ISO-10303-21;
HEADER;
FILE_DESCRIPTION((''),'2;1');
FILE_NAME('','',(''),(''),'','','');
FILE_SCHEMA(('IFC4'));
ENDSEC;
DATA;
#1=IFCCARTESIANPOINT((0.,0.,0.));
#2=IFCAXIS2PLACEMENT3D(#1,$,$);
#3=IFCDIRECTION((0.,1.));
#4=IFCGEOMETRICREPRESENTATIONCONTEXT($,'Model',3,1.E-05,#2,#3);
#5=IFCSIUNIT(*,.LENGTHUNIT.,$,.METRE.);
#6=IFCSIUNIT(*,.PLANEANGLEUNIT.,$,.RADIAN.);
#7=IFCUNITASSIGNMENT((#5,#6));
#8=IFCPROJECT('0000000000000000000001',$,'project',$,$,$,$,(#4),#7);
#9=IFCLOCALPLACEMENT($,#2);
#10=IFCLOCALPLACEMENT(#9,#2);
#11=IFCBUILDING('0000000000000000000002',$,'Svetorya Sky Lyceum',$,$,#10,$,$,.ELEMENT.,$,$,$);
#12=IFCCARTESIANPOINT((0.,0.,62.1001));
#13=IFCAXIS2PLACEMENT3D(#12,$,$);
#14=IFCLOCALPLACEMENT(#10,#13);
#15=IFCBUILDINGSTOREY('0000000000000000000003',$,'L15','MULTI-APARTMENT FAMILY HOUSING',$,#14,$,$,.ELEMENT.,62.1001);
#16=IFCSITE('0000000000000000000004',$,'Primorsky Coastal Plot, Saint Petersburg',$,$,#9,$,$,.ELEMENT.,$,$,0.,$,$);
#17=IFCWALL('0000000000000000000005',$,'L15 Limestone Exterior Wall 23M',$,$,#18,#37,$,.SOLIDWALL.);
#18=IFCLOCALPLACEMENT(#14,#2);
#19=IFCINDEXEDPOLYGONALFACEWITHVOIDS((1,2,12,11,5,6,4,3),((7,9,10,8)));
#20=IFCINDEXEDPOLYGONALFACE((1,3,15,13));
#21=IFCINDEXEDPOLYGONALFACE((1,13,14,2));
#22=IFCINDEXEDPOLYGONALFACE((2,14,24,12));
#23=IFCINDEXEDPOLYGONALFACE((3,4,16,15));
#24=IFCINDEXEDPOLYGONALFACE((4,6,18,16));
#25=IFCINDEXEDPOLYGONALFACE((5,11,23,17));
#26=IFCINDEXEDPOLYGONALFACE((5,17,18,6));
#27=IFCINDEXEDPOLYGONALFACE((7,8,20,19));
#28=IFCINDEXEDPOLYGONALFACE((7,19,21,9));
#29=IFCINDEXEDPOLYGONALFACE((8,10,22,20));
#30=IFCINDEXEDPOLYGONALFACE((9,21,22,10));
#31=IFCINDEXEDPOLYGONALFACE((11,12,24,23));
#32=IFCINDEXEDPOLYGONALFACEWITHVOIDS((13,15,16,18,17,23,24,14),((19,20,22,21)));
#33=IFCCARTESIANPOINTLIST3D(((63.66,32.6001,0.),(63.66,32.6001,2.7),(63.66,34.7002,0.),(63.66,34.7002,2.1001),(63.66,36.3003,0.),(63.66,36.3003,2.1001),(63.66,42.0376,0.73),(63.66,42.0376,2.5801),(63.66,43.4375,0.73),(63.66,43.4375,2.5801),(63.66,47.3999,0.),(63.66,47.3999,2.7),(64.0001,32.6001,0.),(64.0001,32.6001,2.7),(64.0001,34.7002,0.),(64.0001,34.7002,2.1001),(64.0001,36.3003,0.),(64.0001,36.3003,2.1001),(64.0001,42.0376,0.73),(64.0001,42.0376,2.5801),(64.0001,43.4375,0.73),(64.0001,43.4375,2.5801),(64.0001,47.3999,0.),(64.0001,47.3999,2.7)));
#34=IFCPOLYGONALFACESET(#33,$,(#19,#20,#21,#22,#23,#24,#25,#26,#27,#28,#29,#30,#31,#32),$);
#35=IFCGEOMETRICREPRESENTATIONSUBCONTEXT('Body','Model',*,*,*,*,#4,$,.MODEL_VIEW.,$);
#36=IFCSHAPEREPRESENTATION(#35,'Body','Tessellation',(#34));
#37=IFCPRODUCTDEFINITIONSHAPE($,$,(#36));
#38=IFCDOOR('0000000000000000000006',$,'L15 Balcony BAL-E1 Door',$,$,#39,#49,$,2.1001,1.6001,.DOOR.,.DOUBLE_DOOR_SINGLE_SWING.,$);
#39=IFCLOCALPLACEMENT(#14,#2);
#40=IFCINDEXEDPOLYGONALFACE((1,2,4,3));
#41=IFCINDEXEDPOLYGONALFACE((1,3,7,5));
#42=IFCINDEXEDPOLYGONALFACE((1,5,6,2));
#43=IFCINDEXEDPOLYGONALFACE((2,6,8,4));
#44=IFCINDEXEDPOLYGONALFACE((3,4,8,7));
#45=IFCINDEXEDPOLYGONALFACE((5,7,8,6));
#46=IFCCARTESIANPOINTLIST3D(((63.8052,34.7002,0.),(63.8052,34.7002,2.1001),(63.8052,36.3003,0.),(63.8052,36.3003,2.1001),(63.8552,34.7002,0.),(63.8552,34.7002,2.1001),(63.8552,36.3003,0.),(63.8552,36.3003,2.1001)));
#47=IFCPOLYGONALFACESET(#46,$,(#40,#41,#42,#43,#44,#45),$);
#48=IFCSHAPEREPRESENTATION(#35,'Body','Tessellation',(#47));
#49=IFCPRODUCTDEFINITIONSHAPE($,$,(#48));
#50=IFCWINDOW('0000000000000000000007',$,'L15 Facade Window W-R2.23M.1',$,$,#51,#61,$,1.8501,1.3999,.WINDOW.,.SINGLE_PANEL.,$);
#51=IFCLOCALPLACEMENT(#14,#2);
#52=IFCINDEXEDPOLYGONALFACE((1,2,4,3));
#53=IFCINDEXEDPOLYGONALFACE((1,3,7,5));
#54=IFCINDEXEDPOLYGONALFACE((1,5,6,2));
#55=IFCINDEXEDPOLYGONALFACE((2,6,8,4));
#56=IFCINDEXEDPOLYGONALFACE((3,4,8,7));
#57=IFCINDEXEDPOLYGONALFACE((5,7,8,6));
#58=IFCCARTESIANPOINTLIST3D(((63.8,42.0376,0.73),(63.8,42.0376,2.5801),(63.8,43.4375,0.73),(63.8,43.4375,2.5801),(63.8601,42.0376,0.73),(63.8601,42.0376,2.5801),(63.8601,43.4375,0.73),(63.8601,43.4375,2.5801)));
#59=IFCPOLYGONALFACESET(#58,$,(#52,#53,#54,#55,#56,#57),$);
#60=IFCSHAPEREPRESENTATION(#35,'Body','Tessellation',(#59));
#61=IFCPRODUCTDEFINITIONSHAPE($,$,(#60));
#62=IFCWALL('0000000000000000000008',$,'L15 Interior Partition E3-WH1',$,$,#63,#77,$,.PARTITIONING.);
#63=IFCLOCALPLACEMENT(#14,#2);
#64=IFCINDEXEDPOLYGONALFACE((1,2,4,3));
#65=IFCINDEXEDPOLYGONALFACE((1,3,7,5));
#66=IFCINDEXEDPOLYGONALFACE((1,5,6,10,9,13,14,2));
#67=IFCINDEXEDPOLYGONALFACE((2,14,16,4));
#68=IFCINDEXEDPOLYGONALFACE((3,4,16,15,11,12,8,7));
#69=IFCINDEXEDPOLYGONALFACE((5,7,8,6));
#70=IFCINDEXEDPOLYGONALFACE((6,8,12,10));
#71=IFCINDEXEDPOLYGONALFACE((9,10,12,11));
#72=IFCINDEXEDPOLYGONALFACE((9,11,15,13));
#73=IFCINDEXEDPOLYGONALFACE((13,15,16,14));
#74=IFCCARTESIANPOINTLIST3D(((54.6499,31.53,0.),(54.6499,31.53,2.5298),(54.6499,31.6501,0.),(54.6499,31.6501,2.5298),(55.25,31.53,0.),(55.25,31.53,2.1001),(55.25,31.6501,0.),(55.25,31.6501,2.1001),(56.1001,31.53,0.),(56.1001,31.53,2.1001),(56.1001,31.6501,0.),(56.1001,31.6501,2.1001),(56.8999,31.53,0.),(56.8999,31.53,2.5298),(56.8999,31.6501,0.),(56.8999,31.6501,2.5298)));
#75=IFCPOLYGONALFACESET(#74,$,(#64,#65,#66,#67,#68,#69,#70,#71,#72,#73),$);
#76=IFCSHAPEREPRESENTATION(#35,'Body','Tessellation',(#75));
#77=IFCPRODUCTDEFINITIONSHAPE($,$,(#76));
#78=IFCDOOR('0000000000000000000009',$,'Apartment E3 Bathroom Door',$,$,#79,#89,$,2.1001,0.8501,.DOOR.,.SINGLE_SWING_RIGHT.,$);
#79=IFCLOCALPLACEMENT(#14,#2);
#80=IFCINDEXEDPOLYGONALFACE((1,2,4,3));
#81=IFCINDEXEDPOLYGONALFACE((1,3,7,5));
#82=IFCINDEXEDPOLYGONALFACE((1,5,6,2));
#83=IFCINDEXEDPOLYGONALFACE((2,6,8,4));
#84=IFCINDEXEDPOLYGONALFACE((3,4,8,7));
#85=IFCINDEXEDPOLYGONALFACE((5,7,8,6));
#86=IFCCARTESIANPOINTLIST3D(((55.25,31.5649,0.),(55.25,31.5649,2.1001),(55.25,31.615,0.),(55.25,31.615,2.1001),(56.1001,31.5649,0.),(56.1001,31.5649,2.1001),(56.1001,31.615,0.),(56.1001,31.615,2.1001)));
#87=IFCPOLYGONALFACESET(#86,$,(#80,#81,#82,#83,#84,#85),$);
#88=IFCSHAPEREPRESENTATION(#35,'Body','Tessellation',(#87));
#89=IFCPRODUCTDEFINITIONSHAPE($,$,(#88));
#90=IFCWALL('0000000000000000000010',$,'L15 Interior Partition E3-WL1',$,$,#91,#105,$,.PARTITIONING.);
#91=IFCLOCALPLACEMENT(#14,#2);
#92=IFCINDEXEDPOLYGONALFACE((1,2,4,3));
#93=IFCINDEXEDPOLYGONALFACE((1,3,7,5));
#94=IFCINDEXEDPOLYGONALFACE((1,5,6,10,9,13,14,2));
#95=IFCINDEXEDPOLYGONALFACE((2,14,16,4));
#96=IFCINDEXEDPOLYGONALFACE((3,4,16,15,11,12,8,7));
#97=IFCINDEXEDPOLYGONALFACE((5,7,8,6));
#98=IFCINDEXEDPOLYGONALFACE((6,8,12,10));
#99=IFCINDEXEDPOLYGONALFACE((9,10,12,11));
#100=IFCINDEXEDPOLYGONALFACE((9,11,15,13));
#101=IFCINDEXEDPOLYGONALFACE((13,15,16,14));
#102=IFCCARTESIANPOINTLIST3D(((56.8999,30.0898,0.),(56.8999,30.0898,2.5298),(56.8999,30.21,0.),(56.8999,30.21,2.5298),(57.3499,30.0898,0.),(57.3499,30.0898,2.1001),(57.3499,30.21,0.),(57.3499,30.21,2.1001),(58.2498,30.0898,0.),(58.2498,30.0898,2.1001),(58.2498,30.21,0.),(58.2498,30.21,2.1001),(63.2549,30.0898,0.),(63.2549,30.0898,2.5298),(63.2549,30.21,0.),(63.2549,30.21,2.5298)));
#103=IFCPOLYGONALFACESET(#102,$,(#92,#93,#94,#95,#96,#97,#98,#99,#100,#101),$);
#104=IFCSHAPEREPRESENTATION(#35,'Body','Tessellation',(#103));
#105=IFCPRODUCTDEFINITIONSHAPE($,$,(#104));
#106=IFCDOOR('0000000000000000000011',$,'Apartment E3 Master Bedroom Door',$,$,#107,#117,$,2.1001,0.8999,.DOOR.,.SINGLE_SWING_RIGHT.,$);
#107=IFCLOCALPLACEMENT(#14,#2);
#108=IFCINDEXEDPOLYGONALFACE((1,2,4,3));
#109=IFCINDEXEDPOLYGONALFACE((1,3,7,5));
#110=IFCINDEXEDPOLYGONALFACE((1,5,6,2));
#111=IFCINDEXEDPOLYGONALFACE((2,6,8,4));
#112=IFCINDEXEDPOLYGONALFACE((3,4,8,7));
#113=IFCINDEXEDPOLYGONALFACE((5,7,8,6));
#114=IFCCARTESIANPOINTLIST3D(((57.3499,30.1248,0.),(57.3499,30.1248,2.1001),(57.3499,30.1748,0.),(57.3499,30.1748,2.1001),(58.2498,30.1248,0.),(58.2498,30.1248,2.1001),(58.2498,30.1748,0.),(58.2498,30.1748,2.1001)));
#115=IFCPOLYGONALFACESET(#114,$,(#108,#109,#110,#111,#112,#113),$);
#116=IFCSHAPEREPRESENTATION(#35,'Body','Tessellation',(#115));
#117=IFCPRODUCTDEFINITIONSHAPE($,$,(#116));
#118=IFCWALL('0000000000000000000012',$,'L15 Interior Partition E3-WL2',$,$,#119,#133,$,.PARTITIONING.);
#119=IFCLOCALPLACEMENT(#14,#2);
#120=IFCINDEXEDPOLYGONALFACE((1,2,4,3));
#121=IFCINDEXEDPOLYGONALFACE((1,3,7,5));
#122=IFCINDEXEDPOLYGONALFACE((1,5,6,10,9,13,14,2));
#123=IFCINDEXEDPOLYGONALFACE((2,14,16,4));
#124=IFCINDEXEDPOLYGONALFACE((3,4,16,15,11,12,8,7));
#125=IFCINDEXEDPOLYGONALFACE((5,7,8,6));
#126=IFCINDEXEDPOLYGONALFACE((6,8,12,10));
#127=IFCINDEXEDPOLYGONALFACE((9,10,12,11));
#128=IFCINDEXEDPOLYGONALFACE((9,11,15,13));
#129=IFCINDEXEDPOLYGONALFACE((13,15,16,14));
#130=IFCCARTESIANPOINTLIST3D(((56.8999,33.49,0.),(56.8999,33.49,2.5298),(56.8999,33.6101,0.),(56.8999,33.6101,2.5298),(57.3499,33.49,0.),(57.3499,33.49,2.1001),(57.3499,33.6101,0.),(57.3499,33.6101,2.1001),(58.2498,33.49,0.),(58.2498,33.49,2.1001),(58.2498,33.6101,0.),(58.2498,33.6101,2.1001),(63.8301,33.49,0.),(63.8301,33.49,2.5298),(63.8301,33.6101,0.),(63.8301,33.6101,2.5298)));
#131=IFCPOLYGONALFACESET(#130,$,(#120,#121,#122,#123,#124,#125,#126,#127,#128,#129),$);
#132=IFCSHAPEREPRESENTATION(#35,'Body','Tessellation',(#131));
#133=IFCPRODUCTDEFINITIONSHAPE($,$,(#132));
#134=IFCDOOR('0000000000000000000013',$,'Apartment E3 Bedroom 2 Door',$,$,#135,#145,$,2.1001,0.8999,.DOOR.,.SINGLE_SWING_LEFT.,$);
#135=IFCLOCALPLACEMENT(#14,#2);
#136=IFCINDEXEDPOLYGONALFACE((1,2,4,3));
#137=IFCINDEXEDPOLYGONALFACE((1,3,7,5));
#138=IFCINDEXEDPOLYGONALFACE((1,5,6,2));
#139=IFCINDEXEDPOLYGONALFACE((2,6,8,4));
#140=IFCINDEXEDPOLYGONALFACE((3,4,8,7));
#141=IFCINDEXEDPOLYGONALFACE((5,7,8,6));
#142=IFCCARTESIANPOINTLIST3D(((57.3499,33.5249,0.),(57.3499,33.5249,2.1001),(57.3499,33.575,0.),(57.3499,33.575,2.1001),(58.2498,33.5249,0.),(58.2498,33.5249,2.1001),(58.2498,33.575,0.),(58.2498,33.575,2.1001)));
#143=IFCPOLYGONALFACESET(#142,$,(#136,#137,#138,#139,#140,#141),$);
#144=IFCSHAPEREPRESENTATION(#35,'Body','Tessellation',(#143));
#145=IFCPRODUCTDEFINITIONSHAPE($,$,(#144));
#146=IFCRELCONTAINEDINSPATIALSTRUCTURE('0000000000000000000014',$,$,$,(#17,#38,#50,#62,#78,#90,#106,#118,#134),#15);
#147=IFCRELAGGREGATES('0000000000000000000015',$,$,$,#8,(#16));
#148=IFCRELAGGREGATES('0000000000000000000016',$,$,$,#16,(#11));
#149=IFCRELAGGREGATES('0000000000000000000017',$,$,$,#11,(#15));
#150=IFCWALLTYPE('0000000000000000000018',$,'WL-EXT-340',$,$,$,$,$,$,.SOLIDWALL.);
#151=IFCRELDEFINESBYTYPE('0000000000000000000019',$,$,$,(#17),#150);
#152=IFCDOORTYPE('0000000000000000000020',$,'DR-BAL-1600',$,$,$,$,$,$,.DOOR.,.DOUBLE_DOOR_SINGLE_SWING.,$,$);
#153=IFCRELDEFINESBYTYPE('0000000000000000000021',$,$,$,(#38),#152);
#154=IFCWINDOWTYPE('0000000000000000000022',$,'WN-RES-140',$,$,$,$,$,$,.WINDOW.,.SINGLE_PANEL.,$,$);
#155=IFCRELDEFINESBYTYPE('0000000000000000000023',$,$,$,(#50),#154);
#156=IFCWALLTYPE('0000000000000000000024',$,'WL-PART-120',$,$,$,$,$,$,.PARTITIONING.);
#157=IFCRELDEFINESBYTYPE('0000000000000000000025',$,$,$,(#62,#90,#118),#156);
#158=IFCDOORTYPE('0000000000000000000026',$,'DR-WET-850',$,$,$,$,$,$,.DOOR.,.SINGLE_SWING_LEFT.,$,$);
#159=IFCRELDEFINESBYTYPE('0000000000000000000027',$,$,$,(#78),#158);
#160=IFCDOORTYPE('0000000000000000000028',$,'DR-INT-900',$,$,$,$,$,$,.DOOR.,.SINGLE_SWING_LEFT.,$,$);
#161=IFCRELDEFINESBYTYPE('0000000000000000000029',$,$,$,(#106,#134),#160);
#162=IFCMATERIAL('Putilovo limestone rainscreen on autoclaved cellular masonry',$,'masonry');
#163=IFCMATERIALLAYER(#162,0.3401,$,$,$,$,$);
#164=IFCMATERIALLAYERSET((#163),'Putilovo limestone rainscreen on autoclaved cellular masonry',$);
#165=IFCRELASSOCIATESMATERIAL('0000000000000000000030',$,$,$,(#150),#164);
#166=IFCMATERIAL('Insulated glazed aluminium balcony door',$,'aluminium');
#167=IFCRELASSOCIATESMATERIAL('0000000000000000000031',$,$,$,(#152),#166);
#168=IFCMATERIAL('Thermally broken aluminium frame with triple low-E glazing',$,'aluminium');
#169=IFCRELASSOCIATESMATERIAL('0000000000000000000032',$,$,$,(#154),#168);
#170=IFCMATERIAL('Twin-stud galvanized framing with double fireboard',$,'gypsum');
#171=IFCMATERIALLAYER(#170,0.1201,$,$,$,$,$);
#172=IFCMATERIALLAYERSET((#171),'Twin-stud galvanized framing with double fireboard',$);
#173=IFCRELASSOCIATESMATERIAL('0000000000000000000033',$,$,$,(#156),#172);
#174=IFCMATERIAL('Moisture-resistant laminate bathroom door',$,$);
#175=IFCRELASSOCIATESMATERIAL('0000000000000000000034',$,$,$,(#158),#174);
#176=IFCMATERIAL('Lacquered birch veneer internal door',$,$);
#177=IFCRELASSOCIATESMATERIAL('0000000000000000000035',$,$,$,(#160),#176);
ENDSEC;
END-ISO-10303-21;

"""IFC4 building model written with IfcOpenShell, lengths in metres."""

from ifc_helpers import new_model, si_unit, direction, frame, frame_2d, origin, place, context, subcontext, project, spatial, rectangle, extrude, material, layer, layer_set, type_object, element, fill, save


model = new_model("IFC4")

# Units and contexts
model_context = context("Model", 3, precision=1e-05, world=origin(), true_north=direction((0.0, 1.0)))
body_context = subcontext(model_context, "Body", "Model", "MODEL_VIEW")
ifc_project = project(units=[si_unit("LENGTHUNIT", "METRE"), si_unit("PLANEANGLEUNIT", "RADIAN")], contexts=[model_context])

# Site, building, storey
site_placement = place(None, origin())
site = spatial("IfcSite", under=ifc_project, at=site_placement, Name="Primorsky Coastal Plot, Saint Petersburg", CompositionType="ELEMENT", RefElevation=0.0)
building_placement = place(site_placement, origin())
building = spatial("IfcBuilding", under=site, at=building_placement, Name="Svetorya Sky Lyceum", CompositionType="ELEMENT")
storey_placement = place(building_placement, frame((0.0, 0.0, 62.1001)))
storey = spatial("IfcBuildingStorey", under=building, at=storey_placement, Name="L15", Description="MULTI-APARTMENT FAMILY HOUSING", CompositionType="ELEMENT", Elevation=62.1001)

# Shared definitions
ifc_material_1 = material(Name="Putilovo limestone rainscreen on autoclaved cellular masonry", Category="masonry")
ifc_layer_1 = layer(ifc_material_1, 0.3401)
ifc_layer_set_1 = layer_set([ifc_layer_1], Name="Putilovo limestone rainscreen on autoclaved cellular masonry")
wall_type_1 = type_object("IfcWallType", Name="WL-EXT-340", PredefinedType="SOLIDWALL", material=ifc_layer_set_1)

# Shared definitions
ifc_material_2 = material(Name="Thermally broken aluminium frame with triple low-E glazing", Category="aluminium")

# Wall, openings, door, window
wall_1_placement = place(storey_placement, frame((63.8301, 32.6001, 0.0), z_axis=(0.0, 0.0, 1.0), x_axis=(0.0, 1.0, 0.0)))
wall_1 = element("IfcWall", 1, at=wall_1_placement, inside=storey, type_object=wall_type_1, Name="L15 Limestone Exterior Wall 23M", PredefinedType="SOLIDWALL", context=body_context, shape_type="SweptSolid", body=[
    extrude(rectangle(XDim=14.7998, YDim=0.3401, at=frame_2d((7.3999, 0.0))), origin(), (0.0, 0.0, 1.0), 2.7),
])
opening_1_placement = place(wall_1_placement, frame((2.1001, 0.0, 0.0)))
opening_1 = element("IfcOpeningElement", 2, at=opening_1_placement, cuts=wall_1, PredefinedType="OPENING", context=body_context, shape_type="SweptSolid", body=[
    extrude(rectangle(XDim=1.6001, YDim=2.1001, at=frame_2d((0.8, 1.05))), frame((0.0, 0.1799, 0.0), z_axis=(0.0, -1.0, 0.0), x_axis=(1.0, 0.0, 0.0)), (0.0, 0.0, 1.0), 0.3601),
])
opening_2_placement = place(wall_1_placement, frame((9.4375, 0.0, 0.73)))
opening_2 = element("IfcOpeningElement", 3, at=opening_2_placement, cuts=wall_1, PredefinedType="OPENING", context=body_context, shape_type="SweptSolid", body=[
    extrude(rectangle(XDim=1.3999, YDim=1.8501, at=frame_2d((0.7, 0.925))), frame((0.0, 0.1799, 0.0), z_axis=(0.0, -1.0, 0.0), x_axis=(1.0, 0.0, 0.0)), (0.0, 0.0, 1.0), 0.3601),
])
ifc_material_3 = material(Name="Insulated glazed aluminium balcony door", Category="aluminium")
door_type_1 = type_object("IfcDoorType", Name="DR-BAL-1600", OperationType="DOUBLE_DOOR_SINGLE_SWING", PredefinedType="DOOR", material=ifc_material_3)
door_1_placement = place(opening_1_placement, origin())
door_1 = element("IfcDoor", 4, at=door_1_placement, inside=storey, type_object=door_type_1, Name="L15 Balcony BAL-E1 Door", OperationType="DOUBLE_DOOR_SINGLE_SWING", OverallHeight=2.1001, OverallWidth=1.6001, PredefinedType="DOOR", context=body_context, shape_type="SweptSolid", body=[
    extrude(rectangle(XDim=1.6001, YDim=2.1001, at=frame_2d((0.8, 1.05))), frame((0.0, 0.0249, 0.0), z_axis=(0.0, -1.0, 0.0), x_axis=(1.0, 0.0, 0.0)), (0.0, 0.0, 1.0), 0.05),
])
fill(opening_1, door_1)
window_type_1 = type_object("IfcWindowType", Name="WN-RES-140", PartitioningType="SINGLE_PANEL", PredefinedType="WINDOW", material=ifc_material_2)
window_1_placement = place(opening_2_placement, origin())
window_1 = element("IfcWindow", 5, at=window_1_placement, inside=storey, type_object=window_type_1, Name="L15 Facade Window W-R2.23M.1", OverallHeight=1.8501, OverallWidth=1.3999, PartitioningType="SINGLE_PANEL", PredefinedType="WINDOW", context=body_context, shape_type="SweptSolid", body=[
    extrude(rectangle(XDim=1.3999, YDim=1.8501, at=frame_2d((0.7, 0.925))), frame((0.0, 0.03, 0.0), z_axis=(0.0, -1.0, 0.0), x_axis=(1.0, 0.0, 0.0)), (0.0, 0.0, 1.0), 0.0601),
])
fill(opening_2, window_1)

# Walls, openings, doors
ifc_material_4 = material(Name="Twin-stud galvanized framing with double fireboard", Category="gypsum")
ifc_layer_2 = layer(ifc_material_4, 0.1201)
ifc_layer_set_2 = layer_set([ifc_layer_2], Name="Twin-stud galvanized framing with double fireboard")
wall_type_2 = type_object("IfcWallType", Name="WL-PART-120", PredefinedType="PARTITIONING", material=ifc_layer_set_2)
wall_2_placement = place(storey_placement, frame((54.6499, 31.5901, 0.0), z_axis=(0.0, 0.0, 1.0), x_axis=(1.0, 0.0, 0.0)))
wall_2 = element("IfcWall", 6, at=wall_2_placement, inside=storey, type_object=wall_type_2, Name="L15 Interior Partition E3-WH1", PredefinedType="PARTITIONING", context=body_context, shape_type="SweptSolid", body=[
    extrude(rectangle(XDim=2.25, YDim=0.1201, at=frame_2d((1.125, 0.0))), origin(), (0.0, 0.0, 1.0), 2.5298),
])
opening_3_placement = place(wall_2_placement, frame((0.6001, 0.0, 0.0)))
opening_3 = element("IfcOpeningElement", 7, at=opening_3_placement, cuts=wall_2, PredefinedType="OPENING", context=body_context, shape_type="SweptSolid", body=[
    extrude(rectangle(XDim=0.8501, YDim=2.1001, at=frame_2d((0.425, 1.05))), frame((0.0, 0.0701, 0.0), z_axis=(0.0, -1.0, 0.0), x_axis=(1.0, 0.0, 0.0)), (0.0, 0.0, 1.0), 0.1401),
])
ifc_material_5 = material(Name="Moisture-resistant laminate bathroom door")
door_type_2 = type_object("IfcDoorType", Name="DR-WET-850", OperationType="SINGLE_SWING_LEFT", PredefinedType="DOOR", material=ifc_material_5)
door_2_placement = place(opening_3_placement, origin())
door_2 = element("IfcDoor", 8, at=door_2_placement, inside=storey, type_object=door_type_2, Name="Apartment E3 Bathroom Door", OperationType="SINGLE_SWING_RIGHT", OverallHeight=2.1001, OverallWidth=0.8501, PredefinedType="DOOR", context=body_context, shape_type="SweptSolid", body=[
    extrude(rectangle(XDim=0.8501, YDim=2.1001, at=frame_2d((0.425, 1.05))), frame((0.0, 0.0249, 0.0), z_axis=(0.0, -1.0, 0.0), x_axis=(1.0, 0.0, 0.0)), (0.0, 0.0, 1.0), 0.05),
])
fill(opening_3, door_2)
wall_3_placement = place(storey_placement, frame((56.8999, 30.1499, 0.0), z_axis=(0.0, 0.0, 1.0), x_axis=(1.0, 0.0, 0.0)))
wall_3 = element("IfcWall", 9, at=wall_3_placement, inside=storey, type_object=wall_type_2, Name="L15 Interior Partition E3-WL1", PredefinedType="PARTITIONING", context=body_context, shape_type="SweptSolid", body=[
    extrude(rectangle(XDim=6.355, YDim=0.1201, at=frame_2d((3.1775, 0.0))), origin(), (0.0, 0.0, 1.0), 2.5298),
])
opening_4_placement = place(wall_3_placement, frame((0.45, 0.0, 0.0)))
opening_4 = element("IfcOpeningElement", 10, at=opening_4_placement, cuts=wall_3, PredefinedType="OPENING", context=body_context, shape_type="SweptSolid", body=[
    extrude(rectangle(XDim=0.8999, YDim=2.1001, at=frame_2d((0.45, 1.05))), frame((0.0, 0.0701, 0.0), z_axis=(0.0, -1.0, 0.0), x_axis=(1.0, 0.0, 0.0)), (0.0, 0.0, 1.0), 0.1401),
])
ifc_material_6 = material(Name="Lacquered birch veneer internal door")
door_type_3 = type_object("IfcDoorType", Name="DR-INT-900", OperationType="SINGLE_SWING_LEFT", PredefinedType="DOOR", material=ifc_material_6)
door_3_placement = place(opening_4_placement, origin())
door_3 = element("IfcDoor", 11, at=door_3_placement, inside=storey, type_object=door_type_3, Name="Apartment E3 Master Bedroom Door", OperationType="SINGLE_SWING_RIGHT", OverallHeight=2.1001, OverallWidth=0.8999, PredefinedType="DOOR", context=body_context, shape_type="SweptSolid", body=[
    extrude(rectangle(XDim=0.8999, YDim=2.1001, at=frame_2d((0.45, 1.05))), frame((0.0, 0.0249, 0.0), z_axis=(0.0, -1.0, 0.0), x_axis=(1.0, 0.0, 0.0)), (0.0, 0.0, 1.0), 0.05),
])
fill(opening_4, door_3)
wall_4_placement = place(storey_placement, frame((56.8999, 33.55, 0.0), z_axis=(0.0, 0.0, 1.0), x_axis=(1.0, 0.0, 0.0)))
wall_4 = element("IfcWall", 12, at=wall_4_placement, inside=storey, type_object=wall_type_2, Name="L15 Interior Partition E3-WL2", PredefinedType="PARTITIONING", context=body_context, shape_type="SweptSolid", body=[
    extrude(rectangle(XDim=6.9302, YDim=0.1201, at=frame_2d((3.4651, 0.0))), origin(), (0.0, 0.0, 1.0), 2.5298),
])
opening_5_placement = place(wall_4_placement, frame((0.45, 0.0, 0.0)))
opening_5 = element("IfcOpeningElement", 13, at=opening_5_placement, cuts=wall_4, PredefinedType="OPENING", context=body_context, shape_type="SweptSolid", body=[
    extrude(rectangle(XDim=0.8999, YDim=2.1001, at=frame_2d((0.45, 1.05))), frame((0.0, 0.0701, 0.0), z_axis=(0.0, -1.0, 0.0), x_axis=(1.0, 0.0, 0.0)), (0.0, 0.0, 1.0), 0.1401),
])
door_4_placement = place(opening_5_placement, origin())
door_4 = element("IfcDoor", 14, at=door_4_placement, inside=storey, type_object=door_type_3, Name="Apartment E3 Bedroom 2 Door", OperationType="SINGLE_SWING_LEFT", OverallHeight=2.1001, OverallWidth=0.8999, PredefinedType="DOOR", context=body_context, shape_type="SweptSolid", body=[
    extrude(rectangle(XDim=0.8999, YDim=2.1001, at=frame_2d((0.45, 1.05))), frame((0.0, 0.0249, 0.0), z_axis=(0.0, -1.0, 0.0), x_axis=(1.0, 0.0, 0.0)), (0.0, 0.0, 1.0), 0.05),
])
fill(opening_5, door_4)

save(model, "model.ifc")
